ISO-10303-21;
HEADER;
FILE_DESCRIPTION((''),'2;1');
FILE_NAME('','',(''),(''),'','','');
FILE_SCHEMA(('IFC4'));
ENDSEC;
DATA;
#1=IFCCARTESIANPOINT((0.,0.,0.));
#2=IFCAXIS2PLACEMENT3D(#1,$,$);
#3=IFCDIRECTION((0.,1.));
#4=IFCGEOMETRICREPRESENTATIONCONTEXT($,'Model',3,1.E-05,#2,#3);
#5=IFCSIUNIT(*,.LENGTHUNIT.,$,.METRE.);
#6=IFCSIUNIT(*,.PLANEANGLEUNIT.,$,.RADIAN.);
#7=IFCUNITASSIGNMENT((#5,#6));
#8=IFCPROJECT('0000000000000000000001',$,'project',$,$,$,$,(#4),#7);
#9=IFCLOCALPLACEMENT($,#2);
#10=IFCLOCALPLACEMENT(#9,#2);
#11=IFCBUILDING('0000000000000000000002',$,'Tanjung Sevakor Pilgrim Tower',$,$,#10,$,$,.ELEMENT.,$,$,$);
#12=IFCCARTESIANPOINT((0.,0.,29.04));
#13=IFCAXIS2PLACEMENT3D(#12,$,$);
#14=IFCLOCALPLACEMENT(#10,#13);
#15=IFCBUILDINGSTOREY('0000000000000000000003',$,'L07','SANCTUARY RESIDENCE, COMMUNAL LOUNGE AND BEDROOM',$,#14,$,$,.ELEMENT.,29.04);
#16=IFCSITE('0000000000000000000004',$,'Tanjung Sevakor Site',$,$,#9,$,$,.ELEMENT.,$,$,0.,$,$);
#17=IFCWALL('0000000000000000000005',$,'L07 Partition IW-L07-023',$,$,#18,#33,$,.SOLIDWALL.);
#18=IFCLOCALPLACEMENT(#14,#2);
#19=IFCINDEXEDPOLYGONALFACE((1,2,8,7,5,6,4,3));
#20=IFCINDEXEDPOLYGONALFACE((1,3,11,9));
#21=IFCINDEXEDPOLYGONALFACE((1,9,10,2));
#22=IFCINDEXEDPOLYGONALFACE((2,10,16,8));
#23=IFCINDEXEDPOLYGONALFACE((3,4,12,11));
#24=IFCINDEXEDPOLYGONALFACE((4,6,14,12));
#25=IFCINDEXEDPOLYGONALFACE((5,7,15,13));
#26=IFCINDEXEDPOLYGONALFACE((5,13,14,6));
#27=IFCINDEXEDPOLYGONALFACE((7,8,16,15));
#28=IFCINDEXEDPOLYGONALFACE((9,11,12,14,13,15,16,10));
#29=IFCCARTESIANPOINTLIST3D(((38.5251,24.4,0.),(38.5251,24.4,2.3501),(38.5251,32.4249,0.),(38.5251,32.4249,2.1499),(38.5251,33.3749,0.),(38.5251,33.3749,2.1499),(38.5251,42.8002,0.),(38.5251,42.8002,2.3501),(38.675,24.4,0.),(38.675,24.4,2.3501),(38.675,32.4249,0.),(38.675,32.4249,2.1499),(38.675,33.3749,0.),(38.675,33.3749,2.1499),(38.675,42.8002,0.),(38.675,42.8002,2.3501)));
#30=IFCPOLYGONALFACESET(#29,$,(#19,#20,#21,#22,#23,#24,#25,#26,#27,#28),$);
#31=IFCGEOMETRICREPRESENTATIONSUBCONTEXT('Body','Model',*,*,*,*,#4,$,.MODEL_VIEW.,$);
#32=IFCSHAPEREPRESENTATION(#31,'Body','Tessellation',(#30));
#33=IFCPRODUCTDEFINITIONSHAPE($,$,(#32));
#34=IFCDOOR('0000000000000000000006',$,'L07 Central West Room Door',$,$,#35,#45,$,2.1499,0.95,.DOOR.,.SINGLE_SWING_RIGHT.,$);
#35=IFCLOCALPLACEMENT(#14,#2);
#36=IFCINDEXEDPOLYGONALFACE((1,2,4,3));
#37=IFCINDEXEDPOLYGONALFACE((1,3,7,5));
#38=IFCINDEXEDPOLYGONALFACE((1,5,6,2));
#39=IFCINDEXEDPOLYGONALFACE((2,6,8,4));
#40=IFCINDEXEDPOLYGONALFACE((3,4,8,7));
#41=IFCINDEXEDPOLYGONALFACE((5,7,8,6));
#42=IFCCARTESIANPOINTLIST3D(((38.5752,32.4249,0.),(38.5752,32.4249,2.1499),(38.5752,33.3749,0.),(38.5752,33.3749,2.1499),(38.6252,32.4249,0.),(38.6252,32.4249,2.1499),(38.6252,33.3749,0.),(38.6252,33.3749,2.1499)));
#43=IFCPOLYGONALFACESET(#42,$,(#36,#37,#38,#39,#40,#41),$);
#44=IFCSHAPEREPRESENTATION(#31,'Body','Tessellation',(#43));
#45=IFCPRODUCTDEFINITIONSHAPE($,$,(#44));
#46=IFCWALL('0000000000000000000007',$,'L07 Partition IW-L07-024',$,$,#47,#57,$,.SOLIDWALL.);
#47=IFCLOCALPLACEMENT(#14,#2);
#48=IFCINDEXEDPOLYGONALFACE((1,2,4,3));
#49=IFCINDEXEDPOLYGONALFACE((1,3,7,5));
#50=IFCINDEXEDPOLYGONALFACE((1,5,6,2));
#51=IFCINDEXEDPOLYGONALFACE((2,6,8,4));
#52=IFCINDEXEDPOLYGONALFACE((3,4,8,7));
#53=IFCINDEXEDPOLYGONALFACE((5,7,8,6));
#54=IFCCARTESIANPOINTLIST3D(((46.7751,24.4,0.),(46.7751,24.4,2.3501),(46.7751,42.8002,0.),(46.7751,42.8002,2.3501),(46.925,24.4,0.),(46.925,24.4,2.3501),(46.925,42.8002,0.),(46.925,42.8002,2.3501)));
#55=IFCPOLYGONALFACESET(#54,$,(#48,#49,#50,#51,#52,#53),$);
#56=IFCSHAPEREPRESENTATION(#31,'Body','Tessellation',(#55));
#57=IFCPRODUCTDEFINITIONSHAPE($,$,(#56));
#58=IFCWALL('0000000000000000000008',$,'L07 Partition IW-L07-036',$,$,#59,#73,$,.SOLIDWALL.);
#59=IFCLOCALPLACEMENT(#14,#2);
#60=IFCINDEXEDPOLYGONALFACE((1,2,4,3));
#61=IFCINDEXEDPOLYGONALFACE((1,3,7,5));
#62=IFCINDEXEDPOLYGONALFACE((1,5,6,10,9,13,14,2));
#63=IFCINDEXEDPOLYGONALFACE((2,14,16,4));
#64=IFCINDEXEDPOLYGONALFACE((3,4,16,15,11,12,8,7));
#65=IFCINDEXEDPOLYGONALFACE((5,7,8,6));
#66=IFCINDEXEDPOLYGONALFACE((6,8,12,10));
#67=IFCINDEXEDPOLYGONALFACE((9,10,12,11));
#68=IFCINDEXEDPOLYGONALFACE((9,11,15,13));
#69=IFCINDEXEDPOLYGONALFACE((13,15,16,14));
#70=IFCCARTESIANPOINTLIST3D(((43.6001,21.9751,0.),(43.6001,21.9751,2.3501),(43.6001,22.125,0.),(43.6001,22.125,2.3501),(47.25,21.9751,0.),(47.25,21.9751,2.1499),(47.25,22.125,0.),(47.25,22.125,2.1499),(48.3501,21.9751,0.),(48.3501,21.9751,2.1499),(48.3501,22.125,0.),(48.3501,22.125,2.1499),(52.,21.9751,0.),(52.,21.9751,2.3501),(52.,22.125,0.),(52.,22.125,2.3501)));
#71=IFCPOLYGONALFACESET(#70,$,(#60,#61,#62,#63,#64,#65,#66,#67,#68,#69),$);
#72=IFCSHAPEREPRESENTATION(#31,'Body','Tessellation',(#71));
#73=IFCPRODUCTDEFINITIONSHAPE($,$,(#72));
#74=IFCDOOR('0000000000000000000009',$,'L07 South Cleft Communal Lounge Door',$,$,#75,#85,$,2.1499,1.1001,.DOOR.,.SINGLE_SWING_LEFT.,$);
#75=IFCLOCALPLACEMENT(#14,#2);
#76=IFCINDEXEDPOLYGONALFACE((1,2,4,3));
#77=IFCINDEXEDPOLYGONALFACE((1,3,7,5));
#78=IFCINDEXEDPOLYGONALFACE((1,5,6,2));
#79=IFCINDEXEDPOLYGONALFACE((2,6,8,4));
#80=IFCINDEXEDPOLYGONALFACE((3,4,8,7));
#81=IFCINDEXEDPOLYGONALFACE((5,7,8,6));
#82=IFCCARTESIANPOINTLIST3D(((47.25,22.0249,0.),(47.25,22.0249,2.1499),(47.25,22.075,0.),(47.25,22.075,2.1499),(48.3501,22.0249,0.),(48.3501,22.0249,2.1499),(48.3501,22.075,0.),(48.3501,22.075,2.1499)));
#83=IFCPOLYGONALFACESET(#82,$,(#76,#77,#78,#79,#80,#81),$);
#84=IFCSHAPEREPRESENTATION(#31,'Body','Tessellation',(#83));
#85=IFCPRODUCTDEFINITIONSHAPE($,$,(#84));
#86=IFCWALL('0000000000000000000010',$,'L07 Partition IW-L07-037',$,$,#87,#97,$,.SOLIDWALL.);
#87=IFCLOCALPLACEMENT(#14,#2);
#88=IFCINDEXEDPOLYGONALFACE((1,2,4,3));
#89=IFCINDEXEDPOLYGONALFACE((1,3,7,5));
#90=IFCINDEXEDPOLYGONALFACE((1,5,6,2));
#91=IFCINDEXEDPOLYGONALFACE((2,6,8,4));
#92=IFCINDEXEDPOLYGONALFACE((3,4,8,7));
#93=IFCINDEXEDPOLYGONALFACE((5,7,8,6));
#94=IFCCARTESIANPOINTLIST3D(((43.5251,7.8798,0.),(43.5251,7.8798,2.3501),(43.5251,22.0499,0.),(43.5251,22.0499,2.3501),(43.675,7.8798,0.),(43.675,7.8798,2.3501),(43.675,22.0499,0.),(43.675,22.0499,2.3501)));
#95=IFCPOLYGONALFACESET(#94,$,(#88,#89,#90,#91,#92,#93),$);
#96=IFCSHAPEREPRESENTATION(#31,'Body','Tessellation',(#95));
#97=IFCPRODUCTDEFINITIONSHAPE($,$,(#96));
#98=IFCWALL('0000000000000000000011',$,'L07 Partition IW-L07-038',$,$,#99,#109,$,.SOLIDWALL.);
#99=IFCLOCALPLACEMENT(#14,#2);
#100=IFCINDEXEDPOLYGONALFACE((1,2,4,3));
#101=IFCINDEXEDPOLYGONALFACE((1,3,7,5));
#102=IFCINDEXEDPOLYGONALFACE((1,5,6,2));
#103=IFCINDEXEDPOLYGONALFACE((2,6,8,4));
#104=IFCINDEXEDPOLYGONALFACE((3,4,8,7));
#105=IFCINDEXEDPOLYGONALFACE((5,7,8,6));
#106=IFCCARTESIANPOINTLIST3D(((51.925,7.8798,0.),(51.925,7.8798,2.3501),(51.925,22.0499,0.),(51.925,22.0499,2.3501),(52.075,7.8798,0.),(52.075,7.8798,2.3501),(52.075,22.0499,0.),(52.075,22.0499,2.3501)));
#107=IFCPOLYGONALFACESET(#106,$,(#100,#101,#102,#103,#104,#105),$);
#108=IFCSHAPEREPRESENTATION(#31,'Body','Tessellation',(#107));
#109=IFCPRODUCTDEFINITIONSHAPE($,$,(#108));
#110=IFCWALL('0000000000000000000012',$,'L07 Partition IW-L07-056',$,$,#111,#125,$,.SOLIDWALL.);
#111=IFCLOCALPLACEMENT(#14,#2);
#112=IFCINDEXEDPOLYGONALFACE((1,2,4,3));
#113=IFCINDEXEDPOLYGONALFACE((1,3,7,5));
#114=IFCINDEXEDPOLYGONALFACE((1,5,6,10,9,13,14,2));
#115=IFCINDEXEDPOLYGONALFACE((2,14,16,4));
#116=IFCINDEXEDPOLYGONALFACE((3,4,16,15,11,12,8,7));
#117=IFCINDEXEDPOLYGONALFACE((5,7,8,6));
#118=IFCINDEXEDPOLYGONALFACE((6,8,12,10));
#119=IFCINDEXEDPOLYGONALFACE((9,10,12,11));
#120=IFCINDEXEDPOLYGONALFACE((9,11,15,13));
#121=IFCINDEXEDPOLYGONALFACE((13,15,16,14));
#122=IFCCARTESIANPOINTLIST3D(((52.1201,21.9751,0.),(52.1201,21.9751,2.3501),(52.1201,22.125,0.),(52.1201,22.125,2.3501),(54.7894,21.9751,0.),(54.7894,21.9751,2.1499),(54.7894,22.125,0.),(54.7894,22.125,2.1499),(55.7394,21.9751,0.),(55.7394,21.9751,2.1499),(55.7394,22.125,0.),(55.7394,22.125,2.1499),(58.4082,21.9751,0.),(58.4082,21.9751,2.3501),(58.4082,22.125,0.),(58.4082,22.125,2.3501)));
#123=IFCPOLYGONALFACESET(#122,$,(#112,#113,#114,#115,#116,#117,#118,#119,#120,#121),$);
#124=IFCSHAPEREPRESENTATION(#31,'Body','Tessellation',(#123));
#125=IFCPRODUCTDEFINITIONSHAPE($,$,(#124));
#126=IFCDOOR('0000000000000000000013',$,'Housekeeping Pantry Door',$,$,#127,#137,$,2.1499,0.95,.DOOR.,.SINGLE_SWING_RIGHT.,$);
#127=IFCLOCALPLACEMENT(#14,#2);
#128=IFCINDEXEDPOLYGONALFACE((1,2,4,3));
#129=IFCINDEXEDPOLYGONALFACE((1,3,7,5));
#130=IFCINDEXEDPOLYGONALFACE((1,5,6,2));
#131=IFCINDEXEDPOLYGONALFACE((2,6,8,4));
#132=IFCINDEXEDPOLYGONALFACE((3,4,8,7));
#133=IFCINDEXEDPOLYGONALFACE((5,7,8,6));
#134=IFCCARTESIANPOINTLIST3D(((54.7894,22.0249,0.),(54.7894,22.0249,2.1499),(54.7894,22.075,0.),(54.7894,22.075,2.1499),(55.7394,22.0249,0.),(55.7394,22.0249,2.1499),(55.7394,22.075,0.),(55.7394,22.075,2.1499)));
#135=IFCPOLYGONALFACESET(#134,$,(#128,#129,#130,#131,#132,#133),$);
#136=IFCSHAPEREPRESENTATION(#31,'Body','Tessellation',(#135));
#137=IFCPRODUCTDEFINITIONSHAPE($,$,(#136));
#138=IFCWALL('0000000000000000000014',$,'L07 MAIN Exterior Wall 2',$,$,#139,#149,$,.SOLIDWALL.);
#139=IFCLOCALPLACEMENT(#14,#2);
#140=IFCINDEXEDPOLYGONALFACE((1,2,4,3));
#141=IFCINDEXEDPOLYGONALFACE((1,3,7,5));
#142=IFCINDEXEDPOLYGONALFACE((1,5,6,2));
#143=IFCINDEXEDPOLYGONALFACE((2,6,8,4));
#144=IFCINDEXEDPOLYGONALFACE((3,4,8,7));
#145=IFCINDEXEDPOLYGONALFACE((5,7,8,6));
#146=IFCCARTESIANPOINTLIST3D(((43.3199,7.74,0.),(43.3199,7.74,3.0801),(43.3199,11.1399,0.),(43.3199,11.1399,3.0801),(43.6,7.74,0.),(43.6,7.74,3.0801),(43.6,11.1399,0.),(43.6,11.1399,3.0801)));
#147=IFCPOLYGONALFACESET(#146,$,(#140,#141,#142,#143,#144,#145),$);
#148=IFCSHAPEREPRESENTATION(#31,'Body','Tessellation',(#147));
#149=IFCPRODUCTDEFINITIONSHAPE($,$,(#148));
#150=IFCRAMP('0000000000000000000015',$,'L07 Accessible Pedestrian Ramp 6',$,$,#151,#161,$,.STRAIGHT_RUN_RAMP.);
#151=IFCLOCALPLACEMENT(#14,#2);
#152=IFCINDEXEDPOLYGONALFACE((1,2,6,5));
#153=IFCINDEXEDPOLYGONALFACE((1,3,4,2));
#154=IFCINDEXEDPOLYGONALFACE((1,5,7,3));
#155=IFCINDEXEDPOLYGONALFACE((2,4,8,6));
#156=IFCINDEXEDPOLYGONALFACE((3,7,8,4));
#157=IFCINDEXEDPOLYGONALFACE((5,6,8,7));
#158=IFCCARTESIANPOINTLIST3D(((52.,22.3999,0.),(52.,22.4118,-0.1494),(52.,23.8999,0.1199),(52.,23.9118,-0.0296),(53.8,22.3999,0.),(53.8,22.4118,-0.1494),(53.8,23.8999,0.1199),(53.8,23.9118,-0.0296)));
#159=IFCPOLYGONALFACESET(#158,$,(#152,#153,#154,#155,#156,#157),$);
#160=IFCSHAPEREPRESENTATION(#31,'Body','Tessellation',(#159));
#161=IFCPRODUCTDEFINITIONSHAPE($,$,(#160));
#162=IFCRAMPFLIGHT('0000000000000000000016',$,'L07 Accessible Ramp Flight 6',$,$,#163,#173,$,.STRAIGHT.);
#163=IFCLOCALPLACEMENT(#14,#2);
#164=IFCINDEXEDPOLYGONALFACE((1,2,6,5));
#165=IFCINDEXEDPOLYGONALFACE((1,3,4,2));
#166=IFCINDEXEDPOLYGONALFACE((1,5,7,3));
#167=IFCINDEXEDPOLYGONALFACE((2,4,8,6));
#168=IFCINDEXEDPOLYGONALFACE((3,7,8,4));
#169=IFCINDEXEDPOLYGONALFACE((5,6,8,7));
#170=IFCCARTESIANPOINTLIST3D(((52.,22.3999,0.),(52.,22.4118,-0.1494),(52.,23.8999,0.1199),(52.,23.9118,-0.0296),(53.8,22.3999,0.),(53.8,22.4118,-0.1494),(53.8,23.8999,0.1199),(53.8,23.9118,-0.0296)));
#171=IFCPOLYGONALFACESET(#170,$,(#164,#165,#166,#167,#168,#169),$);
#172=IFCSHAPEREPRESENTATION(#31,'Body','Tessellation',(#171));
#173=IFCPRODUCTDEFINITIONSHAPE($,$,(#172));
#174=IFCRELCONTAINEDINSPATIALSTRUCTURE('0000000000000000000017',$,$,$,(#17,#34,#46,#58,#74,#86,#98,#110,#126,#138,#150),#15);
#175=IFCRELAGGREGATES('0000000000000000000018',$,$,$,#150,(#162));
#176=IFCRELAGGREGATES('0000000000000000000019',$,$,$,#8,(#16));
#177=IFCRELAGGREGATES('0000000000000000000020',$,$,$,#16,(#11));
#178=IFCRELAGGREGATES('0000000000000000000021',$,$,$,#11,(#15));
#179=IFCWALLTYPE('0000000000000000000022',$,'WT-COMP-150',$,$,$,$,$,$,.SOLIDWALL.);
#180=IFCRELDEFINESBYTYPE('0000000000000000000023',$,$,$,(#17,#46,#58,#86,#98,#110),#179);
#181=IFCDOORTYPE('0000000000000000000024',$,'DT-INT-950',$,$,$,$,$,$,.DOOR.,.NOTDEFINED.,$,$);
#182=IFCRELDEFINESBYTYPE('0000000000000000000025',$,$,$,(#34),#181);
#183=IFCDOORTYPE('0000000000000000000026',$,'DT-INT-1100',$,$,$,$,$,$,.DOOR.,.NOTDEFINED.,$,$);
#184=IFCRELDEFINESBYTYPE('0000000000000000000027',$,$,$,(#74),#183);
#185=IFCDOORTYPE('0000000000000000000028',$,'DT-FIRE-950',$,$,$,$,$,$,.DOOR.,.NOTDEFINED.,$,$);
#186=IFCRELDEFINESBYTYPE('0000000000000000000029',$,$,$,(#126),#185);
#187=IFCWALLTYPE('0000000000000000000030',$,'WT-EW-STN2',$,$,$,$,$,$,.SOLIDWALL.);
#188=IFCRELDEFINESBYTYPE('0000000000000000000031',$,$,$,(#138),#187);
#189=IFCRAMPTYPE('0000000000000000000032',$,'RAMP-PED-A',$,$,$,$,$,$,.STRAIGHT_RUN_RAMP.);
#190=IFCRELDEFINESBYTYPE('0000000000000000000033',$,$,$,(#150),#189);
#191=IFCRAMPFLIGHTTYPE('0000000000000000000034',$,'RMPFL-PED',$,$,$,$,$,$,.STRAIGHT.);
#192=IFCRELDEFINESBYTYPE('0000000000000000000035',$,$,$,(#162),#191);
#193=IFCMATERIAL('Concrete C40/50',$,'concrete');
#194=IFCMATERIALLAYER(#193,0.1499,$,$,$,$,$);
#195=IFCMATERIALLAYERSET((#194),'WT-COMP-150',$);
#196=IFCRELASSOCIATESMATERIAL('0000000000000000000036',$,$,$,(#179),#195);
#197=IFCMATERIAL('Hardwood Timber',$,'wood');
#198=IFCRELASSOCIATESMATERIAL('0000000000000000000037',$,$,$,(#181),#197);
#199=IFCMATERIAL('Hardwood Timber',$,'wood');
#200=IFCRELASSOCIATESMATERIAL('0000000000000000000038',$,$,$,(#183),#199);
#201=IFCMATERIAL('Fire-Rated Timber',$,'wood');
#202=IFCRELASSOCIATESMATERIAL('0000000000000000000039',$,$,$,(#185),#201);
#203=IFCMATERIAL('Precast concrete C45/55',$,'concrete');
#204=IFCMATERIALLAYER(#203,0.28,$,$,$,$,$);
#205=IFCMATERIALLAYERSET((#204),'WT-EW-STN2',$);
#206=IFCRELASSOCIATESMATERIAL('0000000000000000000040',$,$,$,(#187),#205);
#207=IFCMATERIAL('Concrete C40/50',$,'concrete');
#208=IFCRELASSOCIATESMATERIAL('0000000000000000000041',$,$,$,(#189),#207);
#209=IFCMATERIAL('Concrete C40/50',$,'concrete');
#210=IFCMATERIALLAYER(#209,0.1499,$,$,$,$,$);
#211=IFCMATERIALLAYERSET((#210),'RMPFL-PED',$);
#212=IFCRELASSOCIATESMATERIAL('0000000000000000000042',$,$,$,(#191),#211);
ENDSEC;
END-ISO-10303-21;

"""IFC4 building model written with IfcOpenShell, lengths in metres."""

from ifc_helpers import new_model, si_unit, direction, frame, frame_2d, origin, place, context, subcontext, project, spatial, polyline, rectangle, outline, extrude, material, layer, layer_set, type_object, element, fill, aggregate, save


model = new_model("IFC4")

# Units and contexts
model_context = context("Model", 3, precision=1e-05, world=origin(), true_north=direction((0.0, 1.0)))
body_context = subcontext(model_context, "Body", "Model", "MODEL_VIEW")
ifc_project = project(units=[si_unit("LENGTHUNIT", "METRE"), si_unit("PLANEANGLEUNIT", "RADIAN")], contexts=[model_context])

# Site, building, storey
site_placement = place(None, origin())
site = spatial("IfcSite", under=ifc_project, at=site_placement, Name="Tanjung Sevakor Site", CompositionType="ELEMENT", RefElevation=0.0)
building_placement = place(site_placement, origin())
building = spatial("IfcBuilding", under=site, at=building_placement, Name="Tanjung Sevakor Pilgrim Tower", CompositionType="ELEMENT")
storey_placement = place(building_placement, frame((0.0, 0.0, 29.04)))
storey = spatial("IfcBuildingStorey", under=building, at=storey_placement, Name="L07", Description="SANCTUARY RESIDENCE, COMMUNAL LOUNGE AND BEDROOM", CompositionType="ELEMENT", Elevation=29.04)

# Wall, opening, door
ifc_material_1 = material(Name="Concrete C40/50", Category="concrete")
ifc_layer_1 = layer(ifc_material_1, 0.1499)
ifc_layer_set_1 = layer_set([ifc_layer_1], Name="WT-COMP-150")
wall_type_1 = type_object("IfcWallType", Name="WT-COMP-150", PredefinedType="SOLIDWALL", material=ifc_layer_set_1)
wall_1_placement = place(storey_placement, frame((38.6001, 24.3999, 0.0), z_axis=(0.0, 0.0, 1.0), x_axis=(0.0, 1.0, 0.0)))
wall_1 = element("IfcWall", 1, at=wall_1_placement, inside=storey, type_object=wall_type_1, Name="L07 Partition IW-L07-023", PredefinedType="SOLIDWALL", context=body_context, shape_type="SweptSolid", body=[
    extrude(rectangle(XDim=18.4001, YDim=0.1499, at=frame_2d((9.2002, 0.0))), origin(), (0.0, 0.0, 1.0), 2.3501),
])
opening_1_placement = place(wall_1_placement, frame((8.0249, 0.0, 0.0)))
opening_1 = element("IfcOpeningElement", 2, at=opening_1_placement, cuts=wall_1, PredefinedType="OPENING", context=body_context, shape_type="SweptSolid", body=[
    extrude(rectangle(XDim=0.95, YDim=2.1499, at=frame_2d((0.4751, 1.075))), frame((0.0, 0.085, 0.0), z_axis=(0.0, -1.0, 0.0), x_axis=(1.0, 0.0, 0.0)), (0.0, 0.0, 1.0), 0.1699),
])
ifc_material_2 = material(Name="Hardwood Timber", Category="wood")
door_type_1 = type_object("IfcDoorType", Name="DT-INT-950", OperationType="NOTDEFINED", PredefinedType="DOOR", material=ifc_material_2)
door_1_placement = place(opening_1_placement, origin())
door_1 = element("IfcDoor", 3, at=door_1_placement, inside=storey, type_object=door_type_1, Name="L07 Central West Room Door", OperationType="SINGLE_SWING_RIGHT", OverallHeight=2.1499, OverallWidth=0.95, PredefinedType="DOOR", context=body_context, shape_type="SweptSolid", body=[
    extrude(rectangle(XDim=0.95, YDim=2.1499, at=frame_2d((0.4751, 1.075))), frame((0.0, 0.0249, 0.0), z_axis=(0.0, -1.0, 0.0), x_axis=(1.0, 0.0, 0.0)), (0.0, 0.0, 1.0), 0.05),
])
fill(opening_1, door_1)

# Wall
wall_2_placement = place(storey_placement, frame((46.8501, 24.3999, 0.0), z_axis=(0.0, 0.0, 1.0), x_axis=(0.0, 1.0, 0.0)))
element("IfcWall", 4, at=wall_2_placement, inside=storey, type_object=wall_type_1, Name="L07 Partition IW-L07-024", PredefinedType="SOLIDWALL", context=body_context, shape_type="SweptSolid", body=[
    extrude(rectangle(XDim=18.4001, YDim=0.1499, at=frame_2d((9.2002, 0.0))), origin(), (0.0, 0.0, 1.0), 2.3501),
])

# Wall, opening, door
wall_3_placement = place(storey_placement, frame((43.6001, 22.05, 0.0), z_axis=(0.0, 0.0, 1.0), x_axis=(1.0, 0.0, 0.0)))
wall_3 = element("IfcWall", 5, at=wall_3_placement, inside=storey, type_object=wall_type_1, Name="L07 Partition IW-L07-036", PredefinedType="SOLIDWALL", context=body_context, shape_type="SweptSolid", body=[
    extrude(rectangle(XDim=8.3999, YDim=0.1499, at=frame_2d((4.2, 0.0))), origin(), (0.0, 0.0, 1.0), 2.3501),
])
opening_2_placement = place(wall_3_placement, frame((3.6499, 0.0, 0.0)))
opening_2 = element("IfcOpeningElement", 6, at=opening_2_placement, cuts=wall_3, PredefinedType="OPENING", context=body_context, shape_type="SweptSolid", body=[
    extrude(rectangle(XDim=1.1001, YDim=2.1499, at=frame_2d((0.55, 1.075))), frame((0.0, 0.085, 0.0), z_axis=(0.0, -1.0, 0.0), x_axis=(1.0, 0.0, 0.0)), (0.0, 0.0, 1.0), 0.1699),
])
ifc_material_3 = material(Name="Hardwood Timber", Category="wood")
door_type_2 = type_object("IfcDoorType", Name="DT-INT-1100", OperationType="NOTDEFINED", PredefinedType="DOOR", material=ifc_material_3)
door_2_placement = place(opening_2_placement, origin())
door_2 = element("IfcDoor", 7, at=door_2_placement, inside=storey, type_object=door_type_2, Name="L07 South Cleft Communal Lounge Door", OperationType="SINGLE_SWING_LEFT", OverallHeight=2.1499, OverallWidth=1.1001, PredefinedType="DOOR", context=body_context, shape_type="SweptSolid", body=[
    extrude(rectangle(XDim=1.1001, YDim=2.1499, at=frame_2d((0.55, 1.075))), frame((0.0, 0.0249, 0.0), z_axis=(0.0, -1.0, 0.0), x_axis=(1.0, 0.0, 0.0)), (0.0, 0.0, 1.0), 0.05),
])
fill(opening_2, door_2)

# Walls
for number, where, z_axis, x_axis, name in (
    (8, (43.6001, 7.8799, 0.0), (0.0, 0.0, 1.0), (0.0, 1.0, 0.0), "L07 Partition IW-L07-037"),
    (9, (52.0, 7.8799, 0.0), (0.0, 0.0, 1.0), (0.0, 1.0, 0.0), "L07 Partition IW-L07-038"),
):
    element("IfcWall", number, at=place(storey_placement, frame(where, z_axis=z_axis, x_axis=x_axis)), inside=storey, type_object=wall_type_1, Name=name, PredefinedType="SOLIDWALL", context=body_context, shape_type="SweptSolid", body=[
        extrude(rectangle(XDim=14.1702, YDim=0.1499, at=frame_2d((7.085, 0.0))), origin(), (0.0, 0.0, 1.0), 2.3501),
    ])

# Wall, opening, door
wall_4_placement = place(storey_placement, frame((52.1201, 22.05, 0.0), z_axis=(0.0, 0.0, 1.0), x_axis=(1.0, 0.0, 0.0)))
wall_4 = element("IfcWall", 10, at=wall_4_placement, inside=storey, type_object=wall_type_1, Name="L07 Partition IW-L07-056", PredefinedType="SOLIDWALL", context=body_context, shape_type="SweptSolid", body=[
    extrude(rectangle(XDim=6.2881, YDim=0.1499, at=frame_2d((3.144, 0.0))), origin(), (0.0, 0.0, 1.0), 2.3501),
])
opening_3_placement = place(wall_4_placement, frame((2.6692, 0.0, 0.0)))
opening_3 = element("IfcOpeningElement", 11, at=opening_3_placement, cuts=wall_4, PredefinedType="OPENING", context=body_context, shape_type="SweptSolid", body=[
    extrude(rectangle(XDim=0.95, YDim=2.1499, at=frame_2d((0.4751, 1.075))), frame((0.0, 0.085, 0.0), z_axis=(0.0, -1.0, 0.0), x_axis=(1.0, 0.0, 0.0)), (0.0, 0.0, 1.0), 0.1699),
])
ifc_material_4 = material(Name="Fire-Rated Timber", Category="wood")
door_type_3 = type_object("IfcDoorType", Name="DT-FIRE-950", OperationType="NOTDEFINED", PredefinedType="DOOR", material=ifc_material_4)
door_3_placement = place(opening_3_placement, origin())
door_3 = element("IfcDoor", 12, at=door_3_placement, inside=storey, type_object=door_type_3, Name="Housekeeping Pantry Door", OperationType="SINGLE_SWING_RIGHT", OverallHeight=2.1499, OverallWidth=0.95, PredefinedType="DOOR", context=body_context, shape_type="SweptSolid", body=[
    extrude(rectangle(XDim=0.95, YDim=2.1499, at=frame_2d((0.4751, 1.075))), frame((0.0, 0.0249, 0.0), z_axis=(0.0, -1.0, 0.0), x_axis=(1.0, 0.0, 0.0)), (0.0, 0.0, 1.0), 0.05),
])
fill(opening_3, door_3)

# Wall
ifc_material_5 = material(Name="Precast concrete C45/55", Category="concrete")
ifc_layer_2 = layer(ifc_material_5, 0.28)
ifc_layer_set_2 = layer_set([ifc_layer_2], Name="WT-EW-STN2")
wall_type_2 = type_object("IfcWallType", Name="WT-EW-STN2", PredefinedType="SOLIDWALL", material=ifc_layer_set_2)
wall_5_placement = place(storey_placement, frame((43.46, 7.74, 0.0), z_axis=(0.0, 0.0, 1.0), x_axis=(0.0, 1.0, 0.0)))
element("IfcWall", 13, at=wall_5_placement, inside=storey, type_object=wall_type_2, Name="L07 MAIN Exterior Wall 2", PredefinedType="SOLIDWALL", context=body_context, shape_type="SweptSolid", body=[
    extrude(rectangle(XDim=3.3999, YDim=0.28, at=frame_2d((1.7, 0.0))), origin(), (0.0, 0.0, 1.0), 3.0801),
])

# Ramp, ramp flight
ifc_material_6 = material(Name="Concrete C40/50", Category="concrete")
ramp_type = type_object("IfcRampType", Name="RAMP-PED-A", PredefinedType="STRAIGHT_RUN_RAMP", material=ifc_material_6)
ramp_placement = place(storey_placement, frame((52.0, 22.3999, 0.0), z_axis=(0.0, -0.079661, 0.996822), x_axis=(1.0, 0.0, 0.0)))
ramp = element("IfcRamp", 14, at=ramp_placement, inside=storey, type_object=ramp_type, Name="L07 Accessible Pedestrian Ramp 6", PredefinedType="STRAIGHT_RUN_RAMP", context=body_context, shape_type="SweptSolid", body=[
    extrude(outline(polyline([(0.0, 0.0), (1.8, 0.0), (1.8, 1.5048), (0.0, 1.5048), (0.0, 0.0)])), origin(), (0.0, 0.0, -1.0), 0.1499),
])
ifc_material_7 = material(Name="Concrete C40/50", Category="concrete")
ifc_layer_3 = layer(ifc_material_7, 0.1499)
ifc_layer_set_3 = layer_set([ifc_layer_3], Name="RMPFL-PED")
ramp_flight_type = type_object("IfcRampFlightType", Name="RMPFL-PED", PredefinedType="STRAIGHT", material=ifc_layer_set_3)
ramp_flight_placement = place(storey_placement, frame((52.0, 22.3999, 0.0), z_axis=(0.0, -0.079661, 0.996822), x_axis=(1.0, 0.0, 0.0)))
ramp_flight = element("IfcRampFlight", 15, at=ramp_flight_placement, type_object=ramp_flight_type, Name="L07 Accessible Ramp Flight 6", PredefinedType="STRAIGHT", context=body_context, shape_type="SweptSolid", body=[
    extrude(outline(polyline([(0.0, 0.0), (1.8, 0.0), (1.8, 1.5048), (0.0, 1.5048), (0.0, 0.0)])), origin(), (0.0, 0.0, -1.0), 0.1499),
])
aggregate(ramp, [ramp_flight])

save(model, "model.ifc")
